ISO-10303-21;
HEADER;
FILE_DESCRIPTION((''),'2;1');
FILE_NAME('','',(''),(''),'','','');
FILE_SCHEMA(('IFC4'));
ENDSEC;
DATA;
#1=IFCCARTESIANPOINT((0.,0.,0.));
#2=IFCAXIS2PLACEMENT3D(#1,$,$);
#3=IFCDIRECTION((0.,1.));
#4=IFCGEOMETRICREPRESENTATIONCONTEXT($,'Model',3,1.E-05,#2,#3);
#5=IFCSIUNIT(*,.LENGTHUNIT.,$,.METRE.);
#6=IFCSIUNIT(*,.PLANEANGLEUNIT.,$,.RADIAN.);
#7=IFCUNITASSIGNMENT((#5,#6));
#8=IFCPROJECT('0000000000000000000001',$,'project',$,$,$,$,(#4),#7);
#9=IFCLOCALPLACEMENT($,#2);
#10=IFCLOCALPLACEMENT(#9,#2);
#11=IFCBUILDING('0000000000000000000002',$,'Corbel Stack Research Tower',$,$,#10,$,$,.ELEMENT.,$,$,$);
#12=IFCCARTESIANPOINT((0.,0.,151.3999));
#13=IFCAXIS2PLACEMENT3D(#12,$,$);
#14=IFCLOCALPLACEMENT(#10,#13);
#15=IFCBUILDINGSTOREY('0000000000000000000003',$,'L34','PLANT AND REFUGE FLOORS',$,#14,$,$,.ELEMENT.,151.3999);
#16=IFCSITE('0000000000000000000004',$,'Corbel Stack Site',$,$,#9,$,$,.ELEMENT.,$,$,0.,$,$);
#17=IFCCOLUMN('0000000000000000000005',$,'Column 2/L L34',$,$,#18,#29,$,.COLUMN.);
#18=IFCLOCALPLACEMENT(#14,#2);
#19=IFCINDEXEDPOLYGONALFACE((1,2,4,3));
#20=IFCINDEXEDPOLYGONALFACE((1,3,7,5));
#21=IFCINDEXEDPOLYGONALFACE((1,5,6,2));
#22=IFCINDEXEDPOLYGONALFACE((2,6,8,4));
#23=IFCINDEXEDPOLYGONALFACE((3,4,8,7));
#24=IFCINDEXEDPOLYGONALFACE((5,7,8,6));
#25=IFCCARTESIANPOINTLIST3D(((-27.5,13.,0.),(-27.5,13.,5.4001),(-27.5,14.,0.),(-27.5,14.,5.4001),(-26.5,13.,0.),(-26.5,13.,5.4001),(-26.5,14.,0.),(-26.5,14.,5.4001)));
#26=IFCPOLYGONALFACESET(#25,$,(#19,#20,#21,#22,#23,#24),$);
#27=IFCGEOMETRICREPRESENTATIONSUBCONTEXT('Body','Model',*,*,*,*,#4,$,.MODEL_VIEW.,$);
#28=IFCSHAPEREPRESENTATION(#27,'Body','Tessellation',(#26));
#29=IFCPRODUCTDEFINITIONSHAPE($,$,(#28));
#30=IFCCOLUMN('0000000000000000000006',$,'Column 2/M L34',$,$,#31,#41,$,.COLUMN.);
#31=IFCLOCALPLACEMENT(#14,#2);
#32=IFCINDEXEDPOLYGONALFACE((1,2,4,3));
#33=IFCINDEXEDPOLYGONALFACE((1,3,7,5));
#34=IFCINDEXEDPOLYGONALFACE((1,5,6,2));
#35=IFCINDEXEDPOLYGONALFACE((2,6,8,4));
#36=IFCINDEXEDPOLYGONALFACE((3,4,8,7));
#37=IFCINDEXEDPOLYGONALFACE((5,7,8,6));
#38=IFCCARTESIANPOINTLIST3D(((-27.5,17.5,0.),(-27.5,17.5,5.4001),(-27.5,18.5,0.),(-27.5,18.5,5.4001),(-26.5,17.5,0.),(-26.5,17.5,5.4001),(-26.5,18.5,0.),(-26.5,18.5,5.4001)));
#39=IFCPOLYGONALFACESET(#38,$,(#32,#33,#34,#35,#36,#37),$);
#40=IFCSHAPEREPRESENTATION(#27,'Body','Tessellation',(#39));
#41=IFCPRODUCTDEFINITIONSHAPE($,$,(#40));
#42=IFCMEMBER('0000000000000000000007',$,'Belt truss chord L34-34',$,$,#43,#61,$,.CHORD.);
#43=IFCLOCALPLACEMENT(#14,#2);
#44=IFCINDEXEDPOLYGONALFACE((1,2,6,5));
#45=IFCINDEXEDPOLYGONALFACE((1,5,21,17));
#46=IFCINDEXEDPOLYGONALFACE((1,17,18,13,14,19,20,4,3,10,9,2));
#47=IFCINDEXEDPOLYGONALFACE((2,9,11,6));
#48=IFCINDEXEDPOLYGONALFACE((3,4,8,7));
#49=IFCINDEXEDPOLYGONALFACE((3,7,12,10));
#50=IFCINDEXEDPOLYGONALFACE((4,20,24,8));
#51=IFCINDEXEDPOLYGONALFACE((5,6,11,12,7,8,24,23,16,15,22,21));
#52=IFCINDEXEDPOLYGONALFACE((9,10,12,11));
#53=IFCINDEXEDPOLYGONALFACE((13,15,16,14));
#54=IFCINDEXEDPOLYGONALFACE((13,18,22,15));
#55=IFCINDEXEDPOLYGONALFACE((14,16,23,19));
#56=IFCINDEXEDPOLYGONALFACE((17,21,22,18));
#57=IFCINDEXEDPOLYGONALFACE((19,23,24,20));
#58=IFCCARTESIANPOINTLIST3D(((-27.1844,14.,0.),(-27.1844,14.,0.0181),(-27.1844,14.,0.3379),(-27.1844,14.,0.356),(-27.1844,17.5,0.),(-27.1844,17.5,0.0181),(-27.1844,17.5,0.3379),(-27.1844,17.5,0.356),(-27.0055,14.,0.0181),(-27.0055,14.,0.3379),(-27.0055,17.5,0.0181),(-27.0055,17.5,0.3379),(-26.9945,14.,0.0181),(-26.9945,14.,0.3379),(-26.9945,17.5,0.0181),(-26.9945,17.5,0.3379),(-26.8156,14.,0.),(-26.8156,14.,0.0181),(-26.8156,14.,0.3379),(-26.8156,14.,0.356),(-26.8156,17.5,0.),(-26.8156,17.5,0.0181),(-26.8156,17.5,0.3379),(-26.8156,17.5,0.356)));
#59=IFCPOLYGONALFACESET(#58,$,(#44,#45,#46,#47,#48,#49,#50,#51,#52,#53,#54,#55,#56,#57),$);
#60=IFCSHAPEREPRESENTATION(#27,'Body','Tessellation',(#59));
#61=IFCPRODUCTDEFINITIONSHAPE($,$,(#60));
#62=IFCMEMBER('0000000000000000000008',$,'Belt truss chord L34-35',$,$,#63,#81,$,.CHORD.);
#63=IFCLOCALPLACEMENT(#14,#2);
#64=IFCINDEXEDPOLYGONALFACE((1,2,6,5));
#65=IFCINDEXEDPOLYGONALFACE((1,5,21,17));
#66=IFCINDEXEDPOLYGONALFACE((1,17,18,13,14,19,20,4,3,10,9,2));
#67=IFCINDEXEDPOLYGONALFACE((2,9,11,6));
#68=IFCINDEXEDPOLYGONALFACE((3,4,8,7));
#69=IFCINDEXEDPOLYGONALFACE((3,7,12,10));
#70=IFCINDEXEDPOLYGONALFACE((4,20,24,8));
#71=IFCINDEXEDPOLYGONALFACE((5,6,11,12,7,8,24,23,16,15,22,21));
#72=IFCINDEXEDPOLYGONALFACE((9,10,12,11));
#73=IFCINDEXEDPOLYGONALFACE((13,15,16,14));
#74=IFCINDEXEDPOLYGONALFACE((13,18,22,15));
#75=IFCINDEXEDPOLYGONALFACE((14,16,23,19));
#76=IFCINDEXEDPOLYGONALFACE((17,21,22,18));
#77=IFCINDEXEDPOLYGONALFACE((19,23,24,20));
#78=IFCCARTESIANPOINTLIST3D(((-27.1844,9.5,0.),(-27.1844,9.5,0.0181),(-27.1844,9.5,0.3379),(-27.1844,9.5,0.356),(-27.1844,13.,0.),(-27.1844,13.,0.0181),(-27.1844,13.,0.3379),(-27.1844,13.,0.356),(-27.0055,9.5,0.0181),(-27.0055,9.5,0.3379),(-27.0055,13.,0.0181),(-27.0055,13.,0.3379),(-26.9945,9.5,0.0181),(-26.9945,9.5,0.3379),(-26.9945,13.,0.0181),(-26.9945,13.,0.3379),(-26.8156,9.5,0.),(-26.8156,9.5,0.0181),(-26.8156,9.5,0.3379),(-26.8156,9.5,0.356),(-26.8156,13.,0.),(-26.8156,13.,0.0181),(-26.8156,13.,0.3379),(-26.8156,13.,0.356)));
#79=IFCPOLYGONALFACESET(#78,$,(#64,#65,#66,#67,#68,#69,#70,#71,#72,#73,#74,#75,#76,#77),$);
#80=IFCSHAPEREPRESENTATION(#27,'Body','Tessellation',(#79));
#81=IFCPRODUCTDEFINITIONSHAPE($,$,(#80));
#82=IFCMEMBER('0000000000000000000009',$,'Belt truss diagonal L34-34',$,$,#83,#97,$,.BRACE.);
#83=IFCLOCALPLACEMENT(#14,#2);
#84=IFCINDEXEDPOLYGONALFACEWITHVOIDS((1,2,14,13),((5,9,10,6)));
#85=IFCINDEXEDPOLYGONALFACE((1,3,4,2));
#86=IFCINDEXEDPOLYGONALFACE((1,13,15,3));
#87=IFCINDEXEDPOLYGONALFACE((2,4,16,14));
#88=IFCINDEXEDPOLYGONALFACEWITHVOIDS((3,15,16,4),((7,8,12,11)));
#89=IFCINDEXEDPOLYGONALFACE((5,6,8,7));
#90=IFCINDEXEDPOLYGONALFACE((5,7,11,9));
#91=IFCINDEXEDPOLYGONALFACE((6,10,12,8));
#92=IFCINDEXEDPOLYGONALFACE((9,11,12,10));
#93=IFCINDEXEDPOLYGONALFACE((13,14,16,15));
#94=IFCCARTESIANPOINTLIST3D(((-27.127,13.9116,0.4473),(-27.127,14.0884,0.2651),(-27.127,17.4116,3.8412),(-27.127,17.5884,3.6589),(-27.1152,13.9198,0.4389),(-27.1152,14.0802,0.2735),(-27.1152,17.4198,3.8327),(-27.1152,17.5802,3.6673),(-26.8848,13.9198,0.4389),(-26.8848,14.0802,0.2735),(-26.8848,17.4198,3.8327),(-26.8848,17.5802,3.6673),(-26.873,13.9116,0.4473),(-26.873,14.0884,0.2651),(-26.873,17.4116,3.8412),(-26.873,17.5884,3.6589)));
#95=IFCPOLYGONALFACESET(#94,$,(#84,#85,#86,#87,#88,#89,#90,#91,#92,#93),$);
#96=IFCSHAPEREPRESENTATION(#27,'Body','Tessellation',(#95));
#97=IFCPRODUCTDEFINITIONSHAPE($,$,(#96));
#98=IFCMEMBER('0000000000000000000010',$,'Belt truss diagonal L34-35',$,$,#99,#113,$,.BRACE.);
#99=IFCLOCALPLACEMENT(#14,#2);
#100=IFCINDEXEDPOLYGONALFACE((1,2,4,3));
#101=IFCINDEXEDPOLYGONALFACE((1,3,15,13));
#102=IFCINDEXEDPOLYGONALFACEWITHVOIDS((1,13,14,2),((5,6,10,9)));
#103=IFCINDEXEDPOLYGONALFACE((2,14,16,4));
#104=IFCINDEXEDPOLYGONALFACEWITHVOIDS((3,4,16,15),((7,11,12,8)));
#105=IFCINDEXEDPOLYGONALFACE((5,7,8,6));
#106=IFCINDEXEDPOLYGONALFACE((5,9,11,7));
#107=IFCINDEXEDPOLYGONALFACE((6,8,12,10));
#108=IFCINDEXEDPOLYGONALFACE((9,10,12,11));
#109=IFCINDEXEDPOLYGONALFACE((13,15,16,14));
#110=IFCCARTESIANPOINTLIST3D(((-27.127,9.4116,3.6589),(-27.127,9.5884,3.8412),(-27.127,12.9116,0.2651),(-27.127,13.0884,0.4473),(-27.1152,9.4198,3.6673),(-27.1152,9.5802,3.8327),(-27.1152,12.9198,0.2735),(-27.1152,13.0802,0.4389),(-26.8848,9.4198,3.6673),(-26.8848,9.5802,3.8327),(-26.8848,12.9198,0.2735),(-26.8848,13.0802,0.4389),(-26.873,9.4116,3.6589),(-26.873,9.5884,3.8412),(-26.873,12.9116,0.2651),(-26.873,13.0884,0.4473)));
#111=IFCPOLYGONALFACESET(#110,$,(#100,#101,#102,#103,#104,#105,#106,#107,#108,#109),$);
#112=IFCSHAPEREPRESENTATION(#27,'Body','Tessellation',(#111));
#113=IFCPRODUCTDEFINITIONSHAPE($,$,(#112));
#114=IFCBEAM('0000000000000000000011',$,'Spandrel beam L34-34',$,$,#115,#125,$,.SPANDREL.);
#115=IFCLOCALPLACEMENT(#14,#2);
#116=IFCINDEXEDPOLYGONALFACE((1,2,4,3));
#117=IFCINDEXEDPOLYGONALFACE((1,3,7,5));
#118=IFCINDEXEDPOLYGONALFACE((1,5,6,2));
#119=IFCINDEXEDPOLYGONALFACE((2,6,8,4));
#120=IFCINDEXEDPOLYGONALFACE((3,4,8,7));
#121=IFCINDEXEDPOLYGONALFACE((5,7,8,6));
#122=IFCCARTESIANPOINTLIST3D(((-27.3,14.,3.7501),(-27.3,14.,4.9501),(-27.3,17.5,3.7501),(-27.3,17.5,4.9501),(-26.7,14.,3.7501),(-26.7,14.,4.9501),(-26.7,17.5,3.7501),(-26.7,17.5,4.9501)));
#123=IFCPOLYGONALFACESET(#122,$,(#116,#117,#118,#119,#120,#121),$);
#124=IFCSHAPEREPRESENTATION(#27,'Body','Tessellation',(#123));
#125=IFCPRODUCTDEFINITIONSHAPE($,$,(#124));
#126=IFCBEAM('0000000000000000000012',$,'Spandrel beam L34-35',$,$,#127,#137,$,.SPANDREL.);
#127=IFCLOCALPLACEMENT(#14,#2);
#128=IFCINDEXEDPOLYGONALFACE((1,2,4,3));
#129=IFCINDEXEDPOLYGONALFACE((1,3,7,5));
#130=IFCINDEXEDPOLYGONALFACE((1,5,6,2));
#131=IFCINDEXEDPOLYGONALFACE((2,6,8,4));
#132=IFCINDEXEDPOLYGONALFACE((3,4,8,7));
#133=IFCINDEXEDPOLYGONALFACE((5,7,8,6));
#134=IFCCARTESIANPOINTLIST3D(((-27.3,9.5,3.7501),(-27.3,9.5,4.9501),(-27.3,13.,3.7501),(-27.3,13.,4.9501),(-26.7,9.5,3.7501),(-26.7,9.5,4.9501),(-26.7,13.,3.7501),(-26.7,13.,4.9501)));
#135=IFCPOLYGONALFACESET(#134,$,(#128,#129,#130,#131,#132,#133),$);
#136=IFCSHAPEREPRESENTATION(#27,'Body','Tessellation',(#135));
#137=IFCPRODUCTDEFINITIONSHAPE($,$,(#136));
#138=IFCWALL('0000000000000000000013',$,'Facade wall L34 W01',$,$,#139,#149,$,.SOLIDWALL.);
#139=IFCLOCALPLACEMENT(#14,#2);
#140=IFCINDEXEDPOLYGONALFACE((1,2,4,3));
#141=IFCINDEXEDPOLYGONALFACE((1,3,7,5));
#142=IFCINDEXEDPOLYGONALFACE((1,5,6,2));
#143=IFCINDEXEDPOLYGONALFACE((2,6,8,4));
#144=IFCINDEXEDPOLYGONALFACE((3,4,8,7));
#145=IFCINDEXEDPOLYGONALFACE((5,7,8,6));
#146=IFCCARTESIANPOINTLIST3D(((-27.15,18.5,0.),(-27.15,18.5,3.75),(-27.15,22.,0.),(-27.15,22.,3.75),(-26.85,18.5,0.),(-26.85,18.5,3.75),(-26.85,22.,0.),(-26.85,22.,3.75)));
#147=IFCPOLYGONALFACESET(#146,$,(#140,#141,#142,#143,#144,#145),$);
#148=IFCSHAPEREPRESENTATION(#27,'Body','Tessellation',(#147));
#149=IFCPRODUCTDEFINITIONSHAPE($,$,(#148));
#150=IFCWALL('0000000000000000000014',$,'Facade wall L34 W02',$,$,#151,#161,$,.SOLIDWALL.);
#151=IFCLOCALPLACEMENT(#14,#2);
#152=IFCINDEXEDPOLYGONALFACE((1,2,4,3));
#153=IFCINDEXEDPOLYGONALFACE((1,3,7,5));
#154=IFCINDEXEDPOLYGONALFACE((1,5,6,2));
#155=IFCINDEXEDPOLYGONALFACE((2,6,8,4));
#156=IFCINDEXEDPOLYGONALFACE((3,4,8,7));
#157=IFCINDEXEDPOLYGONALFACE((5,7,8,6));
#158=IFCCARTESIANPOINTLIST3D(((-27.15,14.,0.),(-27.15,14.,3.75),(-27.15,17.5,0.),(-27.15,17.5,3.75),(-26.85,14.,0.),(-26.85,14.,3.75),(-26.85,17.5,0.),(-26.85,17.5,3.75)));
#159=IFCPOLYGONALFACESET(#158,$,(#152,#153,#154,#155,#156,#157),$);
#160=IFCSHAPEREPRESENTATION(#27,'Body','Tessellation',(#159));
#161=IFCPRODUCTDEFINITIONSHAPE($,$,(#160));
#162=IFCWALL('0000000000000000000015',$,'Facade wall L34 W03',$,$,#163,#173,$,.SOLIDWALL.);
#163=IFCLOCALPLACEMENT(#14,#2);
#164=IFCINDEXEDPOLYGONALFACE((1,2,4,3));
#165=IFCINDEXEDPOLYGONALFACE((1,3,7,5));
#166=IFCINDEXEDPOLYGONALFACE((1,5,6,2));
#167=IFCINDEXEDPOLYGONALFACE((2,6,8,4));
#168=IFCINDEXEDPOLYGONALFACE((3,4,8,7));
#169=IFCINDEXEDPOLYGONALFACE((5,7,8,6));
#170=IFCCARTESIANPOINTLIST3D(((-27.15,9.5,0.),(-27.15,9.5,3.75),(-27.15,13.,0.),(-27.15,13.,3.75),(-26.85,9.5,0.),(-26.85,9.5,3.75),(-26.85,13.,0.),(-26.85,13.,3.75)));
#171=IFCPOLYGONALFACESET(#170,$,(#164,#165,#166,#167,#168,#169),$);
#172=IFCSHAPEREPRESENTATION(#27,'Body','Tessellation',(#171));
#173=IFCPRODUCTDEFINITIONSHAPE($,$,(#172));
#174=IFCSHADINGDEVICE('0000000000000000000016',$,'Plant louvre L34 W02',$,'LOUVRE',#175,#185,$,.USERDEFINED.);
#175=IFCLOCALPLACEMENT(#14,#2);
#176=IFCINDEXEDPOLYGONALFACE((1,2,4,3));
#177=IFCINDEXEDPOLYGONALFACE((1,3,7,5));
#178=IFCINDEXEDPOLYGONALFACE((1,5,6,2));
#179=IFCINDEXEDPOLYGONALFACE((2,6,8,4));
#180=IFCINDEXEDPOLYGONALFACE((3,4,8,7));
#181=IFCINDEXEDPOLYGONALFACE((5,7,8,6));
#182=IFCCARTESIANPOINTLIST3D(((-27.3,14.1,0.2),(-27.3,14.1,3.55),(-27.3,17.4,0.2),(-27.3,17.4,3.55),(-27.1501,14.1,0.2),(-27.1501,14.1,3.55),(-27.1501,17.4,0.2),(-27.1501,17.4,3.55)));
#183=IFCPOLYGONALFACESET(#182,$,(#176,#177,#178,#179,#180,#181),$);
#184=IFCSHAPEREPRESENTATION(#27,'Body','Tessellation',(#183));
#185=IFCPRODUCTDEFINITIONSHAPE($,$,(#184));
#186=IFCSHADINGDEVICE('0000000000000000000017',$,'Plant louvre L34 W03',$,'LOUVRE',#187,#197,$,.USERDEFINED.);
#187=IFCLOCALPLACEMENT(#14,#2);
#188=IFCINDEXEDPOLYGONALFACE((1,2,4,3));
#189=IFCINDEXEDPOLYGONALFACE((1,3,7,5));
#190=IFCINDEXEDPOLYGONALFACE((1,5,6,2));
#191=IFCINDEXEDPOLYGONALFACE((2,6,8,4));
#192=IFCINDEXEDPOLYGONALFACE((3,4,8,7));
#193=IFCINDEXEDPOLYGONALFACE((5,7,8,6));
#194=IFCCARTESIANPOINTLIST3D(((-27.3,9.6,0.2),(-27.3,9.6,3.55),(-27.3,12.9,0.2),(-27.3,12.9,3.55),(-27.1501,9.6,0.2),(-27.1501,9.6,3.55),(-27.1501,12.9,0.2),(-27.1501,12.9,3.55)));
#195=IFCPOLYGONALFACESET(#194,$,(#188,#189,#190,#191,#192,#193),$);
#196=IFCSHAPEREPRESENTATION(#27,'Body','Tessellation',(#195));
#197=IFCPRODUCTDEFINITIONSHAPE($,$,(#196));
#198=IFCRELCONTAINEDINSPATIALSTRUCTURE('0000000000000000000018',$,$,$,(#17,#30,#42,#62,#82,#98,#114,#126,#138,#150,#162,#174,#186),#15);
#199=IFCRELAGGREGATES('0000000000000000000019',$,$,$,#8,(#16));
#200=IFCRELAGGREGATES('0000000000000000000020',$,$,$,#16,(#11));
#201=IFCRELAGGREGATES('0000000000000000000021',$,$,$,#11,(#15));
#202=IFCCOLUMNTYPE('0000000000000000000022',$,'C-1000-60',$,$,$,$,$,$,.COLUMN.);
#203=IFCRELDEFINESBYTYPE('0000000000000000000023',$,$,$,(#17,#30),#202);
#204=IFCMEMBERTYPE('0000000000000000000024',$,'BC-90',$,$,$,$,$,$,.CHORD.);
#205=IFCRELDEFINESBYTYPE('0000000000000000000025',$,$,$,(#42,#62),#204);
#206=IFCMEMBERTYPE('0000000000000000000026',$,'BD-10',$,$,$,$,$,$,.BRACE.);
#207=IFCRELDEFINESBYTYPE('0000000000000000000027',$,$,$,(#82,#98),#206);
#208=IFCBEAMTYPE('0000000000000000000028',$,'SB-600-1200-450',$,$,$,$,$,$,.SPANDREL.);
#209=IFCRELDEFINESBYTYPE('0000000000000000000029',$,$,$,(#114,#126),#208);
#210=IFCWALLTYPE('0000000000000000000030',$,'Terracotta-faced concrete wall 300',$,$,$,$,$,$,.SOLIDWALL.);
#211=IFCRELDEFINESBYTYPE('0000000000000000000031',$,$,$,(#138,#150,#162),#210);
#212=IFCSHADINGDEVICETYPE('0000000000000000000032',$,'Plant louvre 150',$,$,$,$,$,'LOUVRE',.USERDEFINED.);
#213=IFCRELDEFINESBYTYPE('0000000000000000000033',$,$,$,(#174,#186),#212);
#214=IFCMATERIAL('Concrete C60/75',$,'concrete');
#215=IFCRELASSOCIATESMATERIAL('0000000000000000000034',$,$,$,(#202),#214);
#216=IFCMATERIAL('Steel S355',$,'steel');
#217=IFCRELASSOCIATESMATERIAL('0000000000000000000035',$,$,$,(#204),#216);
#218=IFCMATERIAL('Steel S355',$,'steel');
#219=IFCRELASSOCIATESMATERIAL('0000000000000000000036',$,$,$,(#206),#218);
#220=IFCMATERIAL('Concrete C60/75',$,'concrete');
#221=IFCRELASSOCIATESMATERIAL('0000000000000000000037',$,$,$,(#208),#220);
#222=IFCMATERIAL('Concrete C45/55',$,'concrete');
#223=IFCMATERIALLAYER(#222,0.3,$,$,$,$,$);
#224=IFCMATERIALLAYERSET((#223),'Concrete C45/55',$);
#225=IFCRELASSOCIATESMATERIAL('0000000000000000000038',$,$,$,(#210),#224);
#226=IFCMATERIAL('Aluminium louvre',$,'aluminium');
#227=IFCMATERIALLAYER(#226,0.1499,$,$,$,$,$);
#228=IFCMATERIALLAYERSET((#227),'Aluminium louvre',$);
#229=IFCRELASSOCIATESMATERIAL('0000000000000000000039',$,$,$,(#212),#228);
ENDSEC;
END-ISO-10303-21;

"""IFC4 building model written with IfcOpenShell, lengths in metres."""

from ifc_helpers import new_model, si_unit, direction, frame, frame_2d, origin, origin_2d, place, context, subcontext, project, spatial, rectangle, hollow_rectangle, i_section, extrude, material, layer, layer_set, material_profile, profile_set, type_object, element, save


model = new_model("IFC4")

# Units and contexts
model_context = context("Model", 3, precision=1e-05, world=origin(), true_north=direction((0.0, 1.0)))
body_context = subcontext(model_context, "Body", "Model", "MODEL_VIEW")
ifc_project = project(units=[si_unit("LENGTHUNIT", "METRE"), si_unit("PLANEANGLEUNIT", "RADIAN")], contexts=[model_context])

# Site, building, storey
site_placement = place(None, origin())
site = spatial("IfcSite", under=ifc_project, at=site_placement, Name="Corbel Stack Site", CompositionType="ELEMENT", RefElevation=0.0)
building_placement = place(site_placement, origin())
building = spatial("IfcBuilding", under=site, at=building_placement, Name="Corbel Stack Research Tower", CompositionType="ELEMENT")
storey_placement = place(building_placement, frame((0.0, 0.0, 151.3999)))
storey = spatial("IfcBuildingStorey", under=building, at=storey_placement, Name="L34", Description="PLANT AND REFUGE FLOORS", CompositionType="ELEMENT", Elevation=151.3999)

# Columns
ifc_material_1 = material(Name="Concrete C60/75", Category="concrete")
ifc_material_profile_1 = material_profile(ifc_material_1, rectangle(XDim=1.0, YDim=1.0, at=origin_2d()), Name="RC 1000 x 1000")
ifc_profile_set_1 = profile_set([ifc_material_profile_1], Name="Concrete C60/75")
column_type = type_object("IfcColumnType", Name="C-1000-60", PredefinedType="COLUMN", material=ifc_profile_set_1)
for number, where, z_axis, x_axis, name in (
    (1, (-27.0, 13.5, 0.0), (0.0, 0.0, 1.0), (1.0, 0.0, 0.0), "Column 2/L L34"),
    (2, (-27.0, 18.0, 0.0), (0.0, 0.0, 1.0), (1.0, 0.0, 0.0), "Column 2/M L34"),
):
    element("IfcColumn", number, at=place(storey_placement, frame(where, z_axis=z_axis, x_axis=x_axis)), inside=storey, type_object=column_type, Name=name, PredefinedType="COLUMN", context=body_context, shape_type="SweptSolid", body=[
        extrude(rectangle(XDim=1.0, YDim=1.0, at=origin_2d()), origin(), (0.0, 0.0, 1.0), 5.4001),
    ])

# Members
ifc_material_2 = material(Name="Steel S355", Category="steel")
ifc_material_profile_2 = material_profile(ifc_material_2, i_section(OverallWidth=0.3689, OverallDepth=0.356, WebThickness=0.011, FlangeThickness=0.0181, at=origin_2d()), Name="W14x90")
ifc_profile_set_2 = profile_set([ifc_material_profile_2], Name="Steel S355")
member_type_1 = type_object("IfcMemberType", Name="BC-90", PredefinedType="CHORD", material=ifc_profile_set_2)
for number, where, z_axis, x_axis, name in (
    (3, (-27.0, 17.5, 0.178), (0.0, -1.0, 0.0), (1.0, 0.0, 0.0), "Belt truss chord L34-34"),
    (4, (-27.0, 13.0, 0.178), (0.0, -1.0, 0.0), (1.0, 0.0, 0.0), "Belt truss chord L34-35"),
):
    element("IfcMember", number, at=place(storey_placement, frame(where, z_axis=z_axis, x_axis=x_axis)), inside=storey, type_object=member_type_1, Name=name, PredefinedType="CHORD", context=body_context, shape_type="SweptSolid", body=[
        extrude(i_section(OverallWidth=0.3689, OverallDepth=0.356, WebThickness=0.011, FlangeThickness=0.0181, at=origin_2d()), origin(), (0.0, 0.0, 1.0), 3.5),
    ])
ifc_material_3 = material(Name="Steel S355", Category="steel")
ifc_material_profile_3 = material_profile(ifc_material_3, hollow_rectangle(XDim=0.2539, YDim=0.2539, WallThickness=0.0117, at=origin_2d()), Name="HSS10x10x1/2")
ifc_profile_set_3 = profile_set([ifc_material_profile_3], Name="Steel S355")
member_type_2 = type_object("IfcMemberType", Name="BD-10", PredefinedType="BRACE", material=ifc_profile_set_3)
for number, where, z_axis, x_axis, name in (
    (5, (-27.0, 14.0, 0.3562), (0.0, 0.717915, 0.696131), (-1.0, 0.0, 0.0), "Belt truss diagonal L34-34"),
    (6, (-27.0, 13.0, 0.3562), (0.0, -0.717915, 0.696131), (1.0, 0.0, 0.0), "Belt truss diagonal L34-35"),
):
    element("IfcMember", number, at=place(storey_placement, frame(where, z_axis=z_axis, x_axis=x_axis)), inside=storey, type_object=member_type_2, Name=name, PredefinedType="BRACE", context=body_context, shape_type="SweptSolid", body=[
        extrude(hollow_rectangle(XDim=0.2539, YDim=0.2539, WallThickness=0.0117, at=origin_2d()), origin(), (0.0, 0.0, 1.0), 4.8752),
    ])

# Beams
ifc_material_4 = material(Name="Concrete C60/75", Category="concrete")
ifc_material_profile_4 = material_profile(ifc_material_4, rectangle(XDim=0.6001, YDim=1.2, at=origin_2d()), Name="RC 600 x 1200")
ifc_profile_set_4 = profile_set([ifc_material_profile_4], Name="Concrete C60/75")
beam_type = type_object("IfcBeamType", Name="SB-600-1200-450", PredefinedType="SPANDREL", material=ifc_profile_set_4)
for number, where, z_axis, x_axis, name in (
    (7, (-27.0, 17.5, 4.3501), (0.0, -1.0, 0.0), (1.0, 0.0, 0.0), "Spandrel beam L34-34"),
    (8, (-27.0, 13.0, 4.3501), (0.0, -1.0, 0.0), (1.0, 0.0, 0.0), "Spandrel beam L34-35"),
):
    element("IfcBeam", number, at=place(storey_placement, frame(where, z_axis=z_axis, x_axis=x_axis)), inside=storey, type_object=beam_type, Name=name, PredefinedType="SPANDREL", context=body_context, shape_type="SweptSolid", body=[
        extrude(rectangle(XDim=0.6001, YDim=1.2, at=origin_2d()), origin(), (0.0, 0.0, 1.0), 3.5),
    ])

# Walls
ifc_material_5 = material(Name="Concrete C45/55", Category="concrete")
ifc_layer_1 = layer(ifc_material_5, 0.3)
ifc_layer_set_1 = layer_set([ifc_layer_1], Name="Concrete C45/55")
wall_type = type_object("IfcWallType", Name="Terracotta-faced concrete wall 300", PredefinedType="SOLIDWALL", material=ifc_layer_set_1)
for number, where, z_axis, x_axis, name in (
    (9, (-27.0, 18.5, 0.0), (0.0, 0.0, 1.0), (0.0, 1.0, 0.0), "Facade wall L34 W01"),
    (10, (-27.0, 14.0, 0.0), (0.0, 0.0, 1.0), (0.0, 1.0, 0.0), "Facade wall L34 W02"),
    (11, (-27.0, 9.5, 0.0), (0.0, 0.0, 1.0), (0.0, 1.0, 0.0), "Facade wall L34 W03"),
):
    element("IfcWall", number, at=place(storey_placement, frame(where, z_axis=z_axis, x_axis=x_axis)), inside=storey, type_object=wall_type, Name=name, PredefinedType="SOLIDWALL", context=body_context, shape_type="SweptSolid", body=[
        extrude(rectangle(XDim=3.5, YDim=0.3, at=frame_2d((1.75, 0.0))), origin(), (0.0, 0.0, 1.0), 3.75),
    ])

# Shading devices
ifc_material_6 = material(Name="Aluminium louvre", Category="aluminium")
ifc_layer_2 = layer(ifc_material_6, 0.1499)
ifc_layer_set_2 = layer_set([ifc_layer_2], Name="Aluminium louvre")
shading_device_type = type_object("IfcShadingDeviceType", Name="Plant louvre 150", ElementType="LOUVRE", PredefinedType="USERDEFINED", material=ifc_layer_set_2)
for number, where, z_axis, x_axis, name in (
    (12, (-27.2251, 15.75, 0.2), (0.0, 0.0, 1.0), (0.0, -1.0, 0.0), "Plant louvre L34 W02"),
    (13, (-27.2251, 11.25, 0.2), (0.0, 0.0, 1.0), (0.0, -1.0, 0.0), "Plant louvre L34 W03"),
):
    element("IfcShadingDevice", number, at=place(storey_placement, frame(where, z_axis=z_axis, x_axis=x_axis)), inside=storey, type_object=shading_device_type, Name=name, ObjectType="LOUVRE", PredefinedType="USERDEFINED", context=body_context, shape_type="SweptSolid", body=[
        extrude(rectangle(XDim=3.3, YDim=0.1499, at=origin_2d()), origin(), (0.0, 0.0, 1.0), 3.3501),
    ])

save(model, "model.ifc")
